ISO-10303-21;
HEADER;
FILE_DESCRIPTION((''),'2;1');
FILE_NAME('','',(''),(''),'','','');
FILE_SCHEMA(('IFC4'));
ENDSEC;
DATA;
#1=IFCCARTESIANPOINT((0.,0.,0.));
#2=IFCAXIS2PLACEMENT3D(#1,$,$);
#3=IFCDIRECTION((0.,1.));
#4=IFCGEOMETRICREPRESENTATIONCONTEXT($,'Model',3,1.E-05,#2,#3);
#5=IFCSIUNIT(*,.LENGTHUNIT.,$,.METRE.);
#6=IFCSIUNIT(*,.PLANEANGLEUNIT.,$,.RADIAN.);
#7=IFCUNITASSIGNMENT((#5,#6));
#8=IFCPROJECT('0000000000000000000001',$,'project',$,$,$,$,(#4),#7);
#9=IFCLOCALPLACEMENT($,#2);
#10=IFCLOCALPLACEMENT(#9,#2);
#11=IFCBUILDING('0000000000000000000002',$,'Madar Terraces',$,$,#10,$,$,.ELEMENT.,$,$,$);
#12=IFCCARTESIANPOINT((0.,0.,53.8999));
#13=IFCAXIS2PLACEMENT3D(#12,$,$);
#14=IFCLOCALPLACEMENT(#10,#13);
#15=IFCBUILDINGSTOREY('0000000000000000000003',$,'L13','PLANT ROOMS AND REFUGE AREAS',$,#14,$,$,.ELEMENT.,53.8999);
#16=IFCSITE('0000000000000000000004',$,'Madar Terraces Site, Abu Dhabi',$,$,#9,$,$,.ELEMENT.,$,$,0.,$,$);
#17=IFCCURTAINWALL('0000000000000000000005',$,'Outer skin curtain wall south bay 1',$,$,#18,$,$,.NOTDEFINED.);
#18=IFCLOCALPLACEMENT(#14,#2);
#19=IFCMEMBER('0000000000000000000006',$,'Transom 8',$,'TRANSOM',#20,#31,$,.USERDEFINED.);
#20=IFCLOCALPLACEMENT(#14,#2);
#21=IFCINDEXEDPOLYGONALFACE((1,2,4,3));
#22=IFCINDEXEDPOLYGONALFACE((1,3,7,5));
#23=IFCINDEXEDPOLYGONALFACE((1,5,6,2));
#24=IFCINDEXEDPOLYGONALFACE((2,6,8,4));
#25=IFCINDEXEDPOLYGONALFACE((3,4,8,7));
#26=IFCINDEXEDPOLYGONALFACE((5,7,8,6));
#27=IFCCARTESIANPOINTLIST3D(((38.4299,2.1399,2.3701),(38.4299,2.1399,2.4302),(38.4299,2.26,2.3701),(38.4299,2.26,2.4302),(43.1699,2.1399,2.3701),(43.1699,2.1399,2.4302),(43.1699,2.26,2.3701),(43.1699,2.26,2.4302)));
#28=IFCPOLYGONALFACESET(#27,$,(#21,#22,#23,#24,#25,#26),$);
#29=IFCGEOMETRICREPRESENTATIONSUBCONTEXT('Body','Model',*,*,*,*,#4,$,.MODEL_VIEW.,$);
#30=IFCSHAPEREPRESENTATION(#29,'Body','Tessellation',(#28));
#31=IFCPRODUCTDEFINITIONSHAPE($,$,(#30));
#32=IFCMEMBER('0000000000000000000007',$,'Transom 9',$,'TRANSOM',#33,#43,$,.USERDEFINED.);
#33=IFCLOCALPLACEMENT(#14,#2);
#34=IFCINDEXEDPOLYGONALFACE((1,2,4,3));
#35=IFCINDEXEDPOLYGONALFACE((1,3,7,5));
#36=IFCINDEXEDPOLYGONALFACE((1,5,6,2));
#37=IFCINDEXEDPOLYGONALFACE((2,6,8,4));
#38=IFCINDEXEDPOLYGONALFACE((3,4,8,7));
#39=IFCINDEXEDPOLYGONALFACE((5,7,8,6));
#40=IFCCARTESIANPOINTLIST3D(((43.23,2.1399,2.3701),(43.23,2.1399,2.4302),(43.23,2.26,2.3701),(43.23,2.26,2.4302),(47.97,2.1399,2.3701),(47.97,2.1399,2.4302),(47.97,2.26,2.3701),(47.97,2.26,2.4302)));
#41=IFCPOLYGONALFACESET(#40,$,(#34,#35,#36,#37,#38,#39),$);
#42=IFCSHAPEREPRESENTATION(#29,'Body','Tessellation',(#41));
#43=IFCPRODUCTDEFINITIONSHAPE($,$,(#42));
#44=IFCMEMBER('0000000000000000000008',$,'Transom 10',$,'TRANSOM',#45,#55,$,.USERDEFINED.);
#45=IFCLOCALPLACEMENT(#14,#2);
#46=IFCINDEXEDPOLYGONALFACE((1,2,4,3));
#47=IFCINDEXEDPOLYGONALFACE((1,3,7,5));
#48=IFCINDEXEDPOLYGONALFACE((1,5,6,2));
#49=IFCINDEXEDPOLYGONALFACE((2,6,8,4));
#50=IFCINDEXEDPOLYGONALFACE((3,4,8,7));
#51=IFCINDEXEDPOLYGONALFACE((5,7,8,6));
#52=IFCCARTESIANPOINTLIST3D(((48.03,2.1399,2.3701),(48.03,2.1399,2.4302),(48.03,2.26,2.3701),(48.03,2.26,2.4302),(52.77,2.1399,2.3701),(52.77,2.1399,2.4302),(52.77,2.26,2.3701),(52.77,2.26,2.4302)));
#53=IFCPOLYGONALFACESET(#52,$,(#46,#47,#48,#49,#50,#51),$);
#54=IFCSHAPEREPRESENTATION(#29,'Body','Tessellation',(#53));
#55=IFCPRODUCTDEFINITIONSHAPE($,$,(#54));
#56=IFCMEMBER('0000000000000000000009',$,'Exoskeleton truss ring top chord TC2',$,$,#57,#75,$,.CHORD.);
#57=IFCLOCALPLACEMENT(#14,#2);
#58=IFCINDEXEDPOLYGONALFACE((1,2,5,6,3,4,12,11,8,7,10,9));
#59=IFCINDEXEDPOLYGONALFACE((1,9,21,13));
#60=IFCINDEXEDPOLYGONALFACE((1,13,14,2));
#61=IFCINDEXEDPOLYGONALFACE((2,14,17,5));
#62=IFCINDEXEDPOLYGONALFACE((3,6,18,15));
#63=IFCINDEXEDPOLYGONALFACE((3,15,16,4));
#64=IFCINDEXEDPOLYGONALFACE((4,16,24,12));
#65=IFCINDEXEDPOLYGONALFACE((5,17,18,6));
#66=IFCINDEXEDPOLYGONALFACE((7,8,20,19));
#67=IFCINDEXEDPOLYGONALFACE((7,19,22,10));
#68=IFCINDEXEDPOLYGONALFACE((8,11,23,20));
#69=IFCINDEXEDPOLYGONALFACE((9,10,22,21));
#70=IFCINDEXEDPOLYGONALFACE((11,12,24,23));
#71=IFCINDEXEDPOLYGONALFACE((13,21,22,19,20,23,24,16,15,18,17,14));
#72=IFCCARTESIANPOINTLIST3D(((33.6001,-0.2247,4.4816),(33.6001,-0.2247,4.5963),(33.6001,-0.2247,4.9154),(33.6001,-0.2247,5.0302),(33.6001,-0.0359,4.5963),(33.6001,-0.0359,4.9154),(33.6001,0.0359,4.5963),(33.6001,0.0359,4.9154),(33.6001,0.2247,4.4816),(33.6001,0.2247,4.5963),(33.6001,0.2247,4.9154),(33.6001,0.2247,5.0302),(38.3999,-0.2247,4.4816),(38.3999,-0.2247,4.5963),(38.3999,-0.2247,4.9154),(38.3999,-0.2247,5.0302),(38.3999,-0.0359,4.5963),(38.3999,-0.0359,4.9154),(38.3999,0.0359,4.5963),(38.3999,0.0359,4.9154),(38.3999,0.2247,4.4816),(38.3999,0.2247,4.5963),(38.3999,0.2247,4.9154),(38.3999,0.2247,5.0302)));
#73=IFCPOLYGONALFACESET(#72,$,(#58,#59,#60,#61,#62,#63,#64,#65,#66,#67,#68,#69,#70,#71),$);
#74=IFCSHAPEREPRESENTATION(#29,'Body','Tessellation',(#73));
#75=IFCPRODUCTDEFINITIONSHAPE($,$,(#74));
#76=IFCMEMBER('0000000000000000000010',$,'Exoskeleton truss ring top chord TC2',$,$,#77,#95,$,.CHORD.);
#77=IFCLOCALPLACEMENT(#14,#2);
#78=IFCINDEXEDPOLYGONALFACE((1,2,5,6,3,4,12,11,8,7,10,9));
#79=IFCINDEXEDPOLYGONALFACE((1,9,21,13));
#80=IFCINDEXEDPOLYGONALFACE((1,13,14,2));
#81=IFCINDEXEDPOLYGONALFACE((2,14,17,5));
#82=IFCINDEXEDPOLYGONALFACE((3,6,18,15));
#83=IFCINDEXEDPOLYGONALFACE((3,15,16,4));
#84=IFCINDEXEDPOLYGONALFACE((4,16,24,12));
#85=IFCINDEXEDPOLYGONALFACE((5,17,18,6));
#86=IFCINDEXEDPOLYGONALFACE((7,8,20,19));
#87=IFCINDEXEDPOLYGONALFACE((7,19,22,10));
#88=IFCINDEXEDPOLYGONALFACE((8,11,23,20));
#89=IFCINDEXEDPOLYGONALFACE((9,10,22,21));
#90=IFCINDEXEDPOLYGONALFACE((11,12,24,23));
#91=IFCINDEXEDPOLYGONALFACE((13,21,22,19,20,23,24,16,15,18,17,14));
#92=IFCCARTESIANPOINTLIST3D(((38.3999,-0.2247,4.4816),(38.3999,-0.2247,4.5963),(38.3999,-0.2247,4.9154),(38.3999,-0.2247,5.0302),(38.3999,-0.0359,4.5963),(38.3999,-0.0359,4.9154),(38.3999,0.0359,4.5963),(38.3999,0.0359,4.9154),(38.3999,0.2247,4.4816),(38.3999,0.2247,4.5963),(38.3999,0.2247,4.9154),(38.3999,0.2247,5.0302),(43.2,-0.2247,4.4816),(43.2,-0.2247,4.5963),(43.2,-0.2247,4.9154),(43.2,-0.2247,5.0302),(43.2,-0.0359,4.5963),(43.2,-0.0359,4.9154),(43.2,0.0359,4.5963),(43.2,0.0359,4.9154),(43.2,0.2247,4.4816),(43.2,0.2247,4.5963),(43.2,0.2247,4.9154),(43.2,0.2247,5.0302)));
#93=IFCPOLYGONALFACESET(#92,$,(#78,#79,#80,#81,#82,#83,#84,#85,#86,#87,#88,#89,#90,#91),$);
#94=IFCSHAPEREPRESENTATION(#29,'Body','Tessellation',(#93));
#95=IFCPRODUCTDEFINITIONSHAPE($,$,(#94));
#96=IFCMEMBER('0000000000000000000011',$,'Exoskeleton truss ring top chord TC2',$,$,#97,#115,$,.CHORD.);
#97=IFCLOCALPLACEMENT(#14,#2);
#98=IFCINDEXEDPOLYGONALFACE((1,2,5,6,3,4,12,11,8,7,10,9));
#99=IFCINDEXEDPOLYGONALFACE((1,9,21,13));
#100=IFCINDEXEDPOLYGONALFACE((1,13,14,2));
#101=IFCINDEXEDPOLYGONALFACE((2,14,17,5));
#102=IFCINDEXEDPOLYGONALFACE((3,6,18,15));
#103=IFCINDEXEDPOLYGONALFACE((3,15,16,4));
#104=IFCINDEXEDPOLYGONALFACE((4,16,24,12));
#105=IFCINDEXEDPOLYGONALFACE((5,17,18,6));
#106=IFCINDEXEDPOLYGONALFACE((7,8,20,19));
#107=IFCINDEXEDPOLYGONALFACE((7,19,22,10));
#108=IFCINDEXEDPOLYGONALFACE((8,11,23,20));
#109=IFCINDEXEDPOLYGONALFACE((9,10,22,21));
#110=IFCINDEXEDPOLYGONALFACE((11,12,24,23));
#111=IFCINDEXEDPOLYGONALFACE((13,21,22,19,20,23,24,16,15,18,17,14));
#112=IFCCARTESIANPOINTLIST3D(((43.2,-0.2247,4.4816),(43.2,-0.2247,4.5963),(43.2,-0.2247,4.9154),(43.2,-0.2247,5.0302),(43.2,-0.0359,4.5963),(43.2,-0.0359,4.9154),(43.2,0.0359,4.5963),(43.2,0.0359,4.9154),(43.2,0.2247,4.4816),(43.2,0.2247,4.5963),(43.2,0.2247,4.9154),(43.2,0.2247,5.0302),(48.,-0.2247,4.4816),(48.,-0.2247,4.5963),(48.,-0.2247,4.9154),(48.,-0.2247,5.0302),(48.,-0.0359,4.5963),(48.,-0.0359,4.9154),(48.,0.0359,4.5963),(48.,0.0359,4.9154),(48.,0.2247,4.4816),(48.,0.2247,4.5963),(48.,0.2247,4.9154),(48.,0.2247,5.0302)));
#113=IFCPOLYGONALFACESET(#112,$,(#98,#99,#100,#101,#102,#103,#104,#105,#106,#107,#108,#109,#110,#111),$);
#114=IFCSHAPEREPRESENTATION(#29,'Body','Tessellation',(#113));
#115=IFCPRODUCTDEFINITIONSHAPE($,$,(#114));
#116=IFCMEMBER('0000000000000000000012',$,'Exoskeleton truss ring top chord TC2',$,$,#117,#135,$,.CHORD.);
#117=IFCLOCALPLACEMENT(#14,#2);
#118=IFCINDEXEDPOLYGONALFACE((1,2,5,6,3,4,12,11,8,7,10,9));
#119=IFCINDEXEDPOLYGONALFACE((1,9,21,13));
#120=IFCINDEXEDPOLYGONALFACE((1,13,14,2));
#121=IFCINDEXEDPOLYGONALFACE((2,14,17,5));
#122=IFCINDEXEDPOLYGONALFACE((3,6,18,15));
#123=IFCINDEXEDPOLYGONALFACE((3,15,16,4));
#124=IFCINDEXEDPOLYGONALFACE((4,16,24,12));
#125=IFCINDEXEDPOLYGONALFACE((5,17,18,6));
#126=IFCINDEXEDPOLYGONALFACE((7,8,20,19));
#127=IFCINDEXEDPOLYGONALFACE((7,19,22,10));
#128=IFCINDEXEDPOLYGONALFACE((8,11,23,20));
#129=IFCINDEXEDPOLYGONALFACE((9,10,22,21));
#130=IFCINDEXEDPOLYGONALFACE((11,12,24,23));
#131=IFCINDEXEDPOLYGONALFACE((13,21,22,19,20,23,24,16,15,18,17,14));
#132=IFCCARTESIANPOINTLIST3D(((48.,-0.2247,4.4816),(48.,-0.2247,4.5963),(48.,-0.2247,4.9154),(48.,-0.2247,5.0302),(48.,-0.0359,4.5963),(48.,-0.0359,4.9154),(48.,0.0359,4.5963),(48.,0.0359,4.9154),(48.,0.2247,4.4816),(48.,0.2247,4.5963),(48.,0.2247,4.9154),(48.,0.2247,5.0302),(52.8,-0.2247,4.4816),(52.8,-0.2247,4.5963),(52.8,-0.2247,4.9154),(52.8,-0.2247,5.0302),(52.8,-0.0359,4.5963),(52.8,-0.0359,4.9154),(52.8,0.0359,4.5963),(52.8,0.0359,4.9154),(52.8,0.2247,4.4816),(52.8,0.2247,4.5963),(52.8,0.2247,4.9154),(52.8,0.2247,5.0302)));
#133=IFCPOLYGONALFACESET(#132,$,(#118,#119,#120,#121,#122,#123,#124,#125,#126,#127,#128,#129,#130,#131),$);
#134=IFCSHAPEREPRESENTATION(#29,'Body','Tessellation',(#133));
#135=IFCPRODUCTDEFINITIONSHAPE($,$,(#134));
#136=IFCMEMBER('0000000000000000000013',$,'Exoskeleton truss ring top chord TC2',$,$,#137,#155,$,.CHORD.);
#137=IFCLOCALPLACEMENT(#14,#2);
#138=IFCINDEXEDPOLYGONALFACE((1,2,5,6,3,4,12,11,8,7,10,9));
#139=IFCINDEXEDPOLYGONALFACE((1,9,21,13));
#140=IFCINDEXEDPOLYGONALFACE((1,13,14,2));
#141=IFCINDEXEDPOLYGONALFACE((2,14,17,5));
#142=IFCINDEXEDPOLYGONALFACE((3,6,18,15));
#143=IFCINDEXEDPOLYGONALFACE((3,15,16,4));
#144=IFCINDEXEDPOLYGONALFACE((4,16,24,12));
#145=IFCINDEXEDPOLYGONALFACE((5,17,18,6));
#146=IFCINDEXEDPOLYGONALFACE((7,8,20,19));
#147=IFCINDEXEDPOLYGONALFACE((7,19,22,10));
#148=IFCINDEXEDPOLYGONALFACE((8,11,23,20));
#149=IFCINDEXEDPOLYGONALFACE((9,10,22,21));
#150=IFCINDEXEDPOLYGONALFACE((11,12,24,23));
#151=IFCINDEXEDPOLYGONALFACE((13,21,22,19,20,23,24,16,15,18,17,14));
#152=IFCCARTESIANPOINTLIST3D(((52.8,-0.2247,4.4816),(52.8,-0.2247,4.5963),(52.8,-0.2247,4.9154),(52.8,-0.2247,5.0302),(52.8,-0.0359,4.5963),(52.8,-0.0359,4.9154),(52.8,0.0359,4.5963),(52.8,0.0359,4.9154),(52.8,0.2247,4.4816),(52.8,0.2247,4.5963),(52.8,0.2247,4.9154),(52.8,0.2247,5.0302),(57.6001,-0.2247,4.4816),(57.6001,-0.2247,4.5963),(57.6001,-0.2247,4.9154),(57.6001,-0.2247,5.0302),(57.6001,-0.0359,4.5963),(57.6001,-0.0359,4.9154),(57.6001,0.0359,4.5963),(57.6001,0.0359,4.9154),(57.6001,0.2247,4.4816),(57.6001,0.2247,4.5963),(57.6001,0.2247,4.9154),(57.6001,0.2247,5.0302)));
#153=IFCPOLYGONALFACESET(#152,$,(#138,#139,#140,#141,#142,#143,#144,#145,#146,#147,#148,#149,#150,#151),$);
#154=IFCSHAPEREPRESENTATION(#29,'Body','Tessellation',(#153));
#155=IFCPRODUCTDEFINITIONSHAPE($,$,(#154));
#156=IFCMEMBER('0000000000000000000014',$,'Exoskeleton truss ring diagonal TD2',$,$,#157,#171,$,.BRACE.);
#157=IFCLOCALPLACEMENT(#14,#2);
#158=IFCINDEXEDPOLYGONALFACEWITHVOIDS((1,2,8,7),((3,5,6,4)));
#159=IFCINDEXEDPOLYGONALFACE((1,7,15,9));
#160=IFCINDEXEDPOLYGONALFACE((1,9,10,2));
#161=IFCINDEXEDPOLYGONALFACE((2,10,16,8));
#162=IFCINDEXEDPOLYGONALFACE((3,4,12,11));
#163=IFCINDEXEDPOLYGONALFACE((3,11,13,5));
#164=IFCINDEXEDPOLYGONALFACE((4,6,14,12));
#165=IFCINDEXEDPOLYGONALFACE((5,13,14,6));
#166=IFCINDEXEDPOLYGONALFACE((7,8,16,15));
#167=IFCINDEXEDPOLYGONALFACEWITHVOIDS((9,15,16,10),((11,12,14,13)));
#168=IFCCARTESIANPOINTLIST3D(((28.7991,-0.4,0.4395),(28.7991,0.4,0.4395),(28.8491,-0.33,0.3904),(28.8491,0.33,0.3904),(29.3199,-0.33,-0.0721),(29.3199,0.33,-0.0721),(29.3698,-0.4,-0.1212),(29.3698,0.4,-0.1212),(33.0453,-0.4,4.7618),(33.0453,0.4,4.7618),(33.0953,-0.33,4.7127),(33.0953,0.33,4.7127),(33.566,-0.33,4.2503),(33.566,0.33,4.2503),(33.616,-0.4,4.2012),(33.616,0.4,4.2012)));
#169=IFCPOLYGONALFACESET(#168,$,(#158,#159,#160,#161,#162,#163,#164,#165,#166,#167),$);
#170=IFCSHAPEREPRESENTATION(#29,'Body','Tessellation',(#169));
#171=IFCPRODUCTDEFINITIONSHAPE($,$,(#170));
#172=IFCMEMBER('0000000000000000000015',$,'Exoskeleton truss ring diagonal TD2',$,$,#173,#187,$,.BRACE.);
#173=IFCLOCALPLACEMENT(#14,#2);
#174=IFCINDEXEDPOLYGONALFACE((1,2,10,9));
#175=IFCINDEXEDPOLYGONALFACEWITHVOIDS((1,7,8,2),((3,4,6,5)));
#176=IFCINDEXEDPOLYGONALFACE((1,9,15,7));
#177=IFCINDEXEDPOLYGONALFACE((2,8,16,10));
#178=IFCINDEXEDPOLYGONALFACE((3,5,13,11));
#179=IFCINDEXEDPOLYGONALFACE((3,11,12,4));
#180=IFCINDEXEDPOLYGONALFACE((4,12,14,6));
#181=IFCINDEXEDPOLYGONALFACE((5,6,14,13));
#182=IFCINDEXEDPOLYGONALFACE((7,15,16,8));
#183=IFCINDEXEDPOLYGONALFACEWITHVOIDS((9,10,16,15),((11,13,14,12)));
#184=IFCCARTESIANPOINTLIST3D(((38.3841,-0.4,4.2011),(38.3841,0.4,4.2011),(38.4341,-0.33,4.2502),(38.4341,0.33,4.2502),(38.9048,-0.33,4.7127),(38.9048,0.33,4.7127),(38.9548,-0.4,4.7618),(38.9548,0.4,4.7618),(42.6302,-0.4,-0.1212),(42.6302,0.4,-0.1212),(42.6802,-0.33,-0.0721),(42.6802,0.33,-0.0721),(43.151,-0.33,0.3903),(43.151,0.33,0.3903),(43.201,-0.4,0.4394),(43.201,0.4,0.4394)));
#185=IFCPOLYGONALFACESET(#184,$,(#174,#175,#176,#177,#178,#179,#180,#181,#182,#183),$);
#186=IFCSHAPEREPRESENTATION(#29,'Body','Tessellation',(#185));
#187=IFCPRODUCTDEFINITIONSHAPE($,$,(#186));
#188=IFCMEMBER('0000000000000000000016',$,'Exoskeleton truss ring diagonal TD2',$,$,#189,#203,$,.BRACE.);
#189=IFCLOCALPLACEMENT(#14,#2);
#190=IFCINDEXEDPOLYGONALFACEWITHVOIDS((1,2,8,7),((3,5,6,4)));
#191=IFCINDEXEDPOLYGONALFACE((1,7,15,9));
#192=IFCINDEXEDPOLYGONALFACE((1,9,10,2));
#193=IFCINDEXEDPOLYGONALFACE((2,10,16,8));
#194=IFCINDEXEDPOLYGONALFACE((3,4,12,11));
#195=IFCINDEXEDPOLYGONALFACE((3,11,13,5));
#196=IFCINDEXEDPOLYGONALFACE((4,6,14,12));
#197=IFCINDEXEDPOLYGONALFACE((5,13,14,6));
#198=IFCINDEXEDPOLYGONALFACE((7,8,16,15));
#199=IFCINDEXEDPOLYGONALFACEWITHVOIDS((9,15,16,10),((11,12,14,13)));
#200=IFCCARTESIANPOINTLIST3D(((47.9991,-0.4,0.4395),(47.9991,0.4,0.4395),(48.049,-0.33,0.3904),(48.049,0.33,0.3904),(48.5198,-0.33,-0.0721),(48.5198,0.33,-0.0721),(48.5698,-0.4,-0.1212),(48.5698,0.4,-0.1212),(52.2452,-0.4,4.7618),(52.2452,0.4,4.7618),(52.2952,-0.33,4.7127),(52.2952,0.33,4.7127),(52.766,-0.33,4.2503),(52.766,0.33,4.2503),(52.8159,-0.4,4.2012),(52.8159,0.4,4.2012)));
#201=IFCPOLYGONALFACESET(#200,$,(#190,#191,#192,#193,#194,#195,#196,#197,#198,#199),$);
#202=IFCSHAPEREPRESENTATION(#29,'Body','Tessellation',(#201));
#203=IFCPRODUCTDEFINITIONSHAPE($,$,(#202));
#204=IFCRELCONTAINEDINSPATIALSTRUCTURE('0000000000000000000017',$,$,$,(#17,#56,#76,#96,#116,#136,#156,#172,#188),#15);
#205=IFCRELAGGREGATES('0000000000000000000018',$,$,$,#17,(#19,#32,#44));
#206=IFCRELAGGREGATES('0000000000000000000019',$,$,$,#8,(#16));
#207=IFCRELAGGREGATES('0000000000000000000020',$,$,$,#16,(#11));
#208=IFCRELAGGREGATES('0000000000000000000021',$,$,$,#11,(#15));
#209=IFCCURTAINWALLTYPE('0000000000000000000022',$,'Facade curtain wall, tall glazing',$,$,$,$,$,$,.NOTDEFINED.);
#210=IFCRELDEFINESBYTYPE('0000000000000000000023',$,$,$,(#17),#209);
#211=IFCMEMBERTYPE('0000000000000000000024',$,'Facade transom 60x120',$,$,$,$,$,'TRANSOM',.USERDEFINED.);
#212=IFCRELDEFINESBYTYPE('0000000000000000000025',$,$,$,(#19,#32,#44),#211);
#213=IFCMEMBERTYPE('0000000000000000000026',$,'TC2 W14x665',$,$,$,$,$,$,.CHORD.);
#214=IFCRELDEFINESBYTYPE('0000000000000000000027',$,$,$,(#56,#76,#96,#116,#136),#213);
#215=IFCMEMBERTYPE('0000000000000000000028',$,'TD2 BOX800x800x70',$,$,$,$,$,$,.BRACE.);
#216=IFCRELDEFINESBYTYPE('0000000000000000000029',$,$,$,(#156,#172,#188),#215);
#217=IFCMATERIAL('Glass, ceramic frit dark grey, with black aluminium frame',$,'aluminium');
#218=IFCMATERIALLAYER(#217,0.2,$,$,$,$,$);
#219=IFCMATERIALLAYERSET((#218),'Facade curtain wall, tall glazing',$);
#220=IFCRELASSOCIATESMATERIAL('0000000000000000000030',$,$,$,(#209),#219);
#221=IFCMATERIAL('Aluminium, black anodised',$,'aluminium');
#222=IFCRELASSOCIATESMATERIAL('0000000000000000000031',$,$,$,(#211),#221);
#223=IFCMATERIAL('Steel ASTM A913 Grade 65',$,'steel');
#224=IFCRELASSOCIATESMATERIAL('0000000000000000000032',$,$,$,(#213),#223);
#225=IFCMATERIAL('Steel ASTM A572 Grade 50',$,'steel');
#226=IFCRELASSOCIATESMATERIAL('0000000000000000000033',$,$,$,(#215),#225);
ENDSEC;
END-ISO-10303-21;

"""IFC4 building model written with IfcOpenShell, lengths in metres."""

from ifc_helpers import new_model, si_unit, direction, frame, origin, origin_2d, place, context, subcontext, project, spatial, rectangle, hollow_rectangle, i_section, extrude, material, layer, layer_set, material_profile, profile_set, type_object, element, aggregate, save


model = new_model("IFC4")

# Units and contexts
model_context = context("Model", 3, precision=1e-05, world=origin(), true_north=direction((0.0, 1.0)))
body_context = subcontext(model_context, "Body", "Model", "MODEL_VIEW")
ifc_project = project(units=[si_unit("LENGTHUNIT", "METRE"), si_unit("PLANEANGLEUNIT", "RADIAN")], contexts=[model_context])

# Site, building, storey
site_placement = place(None, origin())
site = spatial("IfcSite", under=ifc_project, at=site_placement, Name="Madar Terraces Site, Abu Dhabi", CompositionType="ELEMENT", RefElevation=0.0)
building_placement = place(site_placement, origin())
building = spatial("IfcBuilding", under=site, at=building_placement, Name="Madar Terraces", CompositionType="ELEMENT")
storey_placement = place(building_placement, frame((0.0, 0.0, 53.8999)))
storey = spatial("IfcBuildingStorey", under=building, at=storey_placement, Name="L13", Description="PLANT ROOMS AND REFUGE AREAS", CompositionType="ELEMENT", Elevation=53.8999)

# Curtain wall, members
ifc_material_1 = material(Name="Glass, ceramic frit dark grey, with black aluminium frame", Category="aluminium")
ifc_layer_1 = layer(ifc_material_1, 0.2)
ifc_layer_set_1 = layer_set([ifc_layer_1], Name="Facade curtain wall, tall glazing")
curtain_wall_type = type_object("IfcCurtainWallType", Name="Facade curtain wall, tall glazing", PredefinedType="NOTDEFINED", material=ifc_layer_set_1)
curtain_wall_placement = place(storey_placement, origin())
curtain_wall = element("IfcCurtainWall", 1, at=curtain_wall_placement, inside=storey, type_object=curtain_wall_type, Name="Outer skin curtain wall south bay 1", PredefinedType="NOTDEFINED")
ifc_material_2 = material(Name="Aluminium, black anodised", Category="aluminium")
ifc_material_profile_1 = material_profile(ifc_material_2, rectangle(XDim=0.1201, YDim=0.0601, at=origin_2d()), Name="Facade transom 60x120")
ifc_profile_set_1 = profile_set([ifc_material_profile_1], Name="Aluminium, black anodised")
member_type_1 = type_object("IfcMemberType", Name="Facade transom 60x120", ElementType="TRANSOM", PredefinedType="USERDEFINED", material=ifc_profile_set_1)
member_1_placement = place(storey_placement, frame((38.4299, 2.2, 2.4001), z_axis=(1.0, 0.0, 0.0), x_axis=(0.0, 1.0, 0.0)))
member_1 = element("IfcMember", 2, at=member_1_placement, type_object=member_type_1, Name="Transom 8", ObjectType="TRANSOM", PredefinedType="USERDEFINED", context=body_context, shape_type="SweptSolid", body=[
    extrude(rectangle(XDim=0.1201, YDim=0.0601, at=origin_2d()), origin(), (0.0, 0.0, 1.0), 4.74),
])
member_2_placement = place(storey_placement, frame((43.23, 2.2, 2.4001), z_axis=(1.0, 0.0, 0.0), x_axis=(0.0, 1.0, 0.0)))
member_2 = element("IfcMember", 3, at=member_2_placement, type_object=member_type_1, Name="Transom 9", ObjectType="TRANSOM", PredefinedType="USERDEFINED", context=body_context, shape_type="SweptSolid", body=[
    extrude(rectangle(XDim=0.1201, YDim=0.0601, at=origin_2d()), origin(), (0.0, 0.0, 1.0), 4.74),
])
member_3_placement = place(storey_placement, frame((48.03, 2.2, 2.4001), z_axis=(1.0, 0.0, 0.0), x_axis=(0.0, 1.0, 0.0)))
member_3 = element("IfcMember", 4, at=member_3_placement, type_object=member_type_1, Name="Transom 10", ObjectType="TRANSOM", PredefinedType="USERDEFINED", context=body_context, shape_type="SweptSolid", body=[
    extrude(rectangle(XDim=0.1201, YDim=0.0601, at=origin_2d()), origin(), (0.0, 0.0, 1.0), 4.74),
])

# Members
ifc_material_3 = material(Name="Steel ASTM A913 Grade 65", Category="steel")
ifc_material_profile_2 = material_profile(ifc_material_3, i_section(OverallWidth=0.4495, OverallDepth=0.5486, WebThickness=0.0718, FlangeThickness=0.1147, at=origin_2d()), Name="W14x665")
ifc_profile_set_2 = profile_set([ifc_material_profile_2], Name="Steel ASTM A913 Grade 65")
member_type_2 = type_object("IfcMemberType", Name="TC2 W14x665", PredefinedType="CHORD", material=ifc_profile_set_2)
member_4_placement = place(storey_placement, frame((33.6001, 0.0, 4.7559), z_axis=(1.0, 0.0, 0.0), x_axis=(0.0, 1.0, 0.0)))
element("IfcMember", 5, at=member_4_placement, inside=storey, type_object=member_type_2, Name="Exoskeleton truss ring top chord TC2", PredefinedType="CHORD", context=body_context, shape_type="SweptSolid", body=[
    extrude(i_section(OverallWidth=0.4495, OverallDepth=0.5486, WebThickness=0.0718, FlangeThickness=0.1147, at=origin_2d()), origin(), (0.0, 0.0, 1.0), 4.7998),
])
for number, where, z_axis, x_axis, name in (
    (6, (38.3999, 0.0, 4.7559), (1.0, 0.0, 0.0), (0.0, 1.0, 0.0), "Exoskeleton truss ring top chord TC2"),
    (7, (43.2, 0.0, 4.7559), (1.0, 0.0, 0.0), (0.0, 1.0, 0.0), "Exoskeleton truss ring top chord TC2"),
    (8, (48.0, 0.0, 4.7559), (1.0, 0.0, 0.0), (0.0, 1.0, 0.0), "Exoskeleton truss ring top chord TC2"),
    (9, (52.8, 0.0, 4.7559), (1.0, 0.0, 0.0), (0.0, 1.0, 0.0), "Exoskeleton truss ring top chord TC2"),
):
    element("IfcMember", number, at=place(storey_placement, frame(where, z_axis=z_axis, x_axis=x_axis)), inside=storey, type_object=member_type_2, Name=name, PredefinedType="CHORD", context=body_context, shape_type="SweptSolid", body=[
        extrude(i_section(OverallWidth=0.4495, OverallDepth=0.5486, WebThickness=0.0718, FlangeThickness=0.1147, at=origin_2d()), origin(), (0.0, 0.0, 1.0), 4.8),
    ])
ifc_material_4 = material(Name="Steel ASTM A572 Grade 50", Category="steel")
ifc_material_profile_3 = material_profile(ifc_material_4, hollow_rectangle(XDim=0.8, YDim=0.8, WallThickness=0.0701, at=origin_2d()), Name="BOX800x800x70")
ifc_profile_set_3 = profile_set([ifc_material_profile_3], Name="Steel ASTM A572 Grade 50")
member_type_3 = type_object("IfcMemberType", Name="TD2 BOX800x800x70", PredefinedType="BRACE", material=ifc_profile_set_3)
for number, where, z_axis, x_axis, name in (
    (10, (29.0845, 0.0, 0.1592), (0.700793, 0.0, 0.713365), (0.0, 1.0, 0.0), "Exoskeleton truss ring diagonal TD2"),
    (11, (38.6694, 0.0, 4.4814), (0.700793, 0.0, -0.713365), (0.0, 1.0, 0.0), "Exoskeleton truss ring diagonal TD2"),
    (12, (48.2844, 0.0, 0.1592), (0.700793, 0.0, 0.713365), (0.0, 1.0, 0.0), "Exoskeleton truss ring diagonal TD2"),
):
    element("IfcMember", number, at=place(storey_placement, frame(where, z_axis=z_axis, x_axis=x_axis)), inside=storey, type_object=member_type_3, Name=name, PredefinedType="BRACE", context=body_context, shape_type="SweptSolid", body=[
        extrude(hollow_rectangle(XDim=0.8, YDim=0.8, WallThickness=0.0701, at=origin_2d()), origin(), (0.0, 0.0, 1.0), 6.0591),
    ])

aggregate(curtain_wall, [member_1, member_2, member_3])

save(model, "model.ifc")
